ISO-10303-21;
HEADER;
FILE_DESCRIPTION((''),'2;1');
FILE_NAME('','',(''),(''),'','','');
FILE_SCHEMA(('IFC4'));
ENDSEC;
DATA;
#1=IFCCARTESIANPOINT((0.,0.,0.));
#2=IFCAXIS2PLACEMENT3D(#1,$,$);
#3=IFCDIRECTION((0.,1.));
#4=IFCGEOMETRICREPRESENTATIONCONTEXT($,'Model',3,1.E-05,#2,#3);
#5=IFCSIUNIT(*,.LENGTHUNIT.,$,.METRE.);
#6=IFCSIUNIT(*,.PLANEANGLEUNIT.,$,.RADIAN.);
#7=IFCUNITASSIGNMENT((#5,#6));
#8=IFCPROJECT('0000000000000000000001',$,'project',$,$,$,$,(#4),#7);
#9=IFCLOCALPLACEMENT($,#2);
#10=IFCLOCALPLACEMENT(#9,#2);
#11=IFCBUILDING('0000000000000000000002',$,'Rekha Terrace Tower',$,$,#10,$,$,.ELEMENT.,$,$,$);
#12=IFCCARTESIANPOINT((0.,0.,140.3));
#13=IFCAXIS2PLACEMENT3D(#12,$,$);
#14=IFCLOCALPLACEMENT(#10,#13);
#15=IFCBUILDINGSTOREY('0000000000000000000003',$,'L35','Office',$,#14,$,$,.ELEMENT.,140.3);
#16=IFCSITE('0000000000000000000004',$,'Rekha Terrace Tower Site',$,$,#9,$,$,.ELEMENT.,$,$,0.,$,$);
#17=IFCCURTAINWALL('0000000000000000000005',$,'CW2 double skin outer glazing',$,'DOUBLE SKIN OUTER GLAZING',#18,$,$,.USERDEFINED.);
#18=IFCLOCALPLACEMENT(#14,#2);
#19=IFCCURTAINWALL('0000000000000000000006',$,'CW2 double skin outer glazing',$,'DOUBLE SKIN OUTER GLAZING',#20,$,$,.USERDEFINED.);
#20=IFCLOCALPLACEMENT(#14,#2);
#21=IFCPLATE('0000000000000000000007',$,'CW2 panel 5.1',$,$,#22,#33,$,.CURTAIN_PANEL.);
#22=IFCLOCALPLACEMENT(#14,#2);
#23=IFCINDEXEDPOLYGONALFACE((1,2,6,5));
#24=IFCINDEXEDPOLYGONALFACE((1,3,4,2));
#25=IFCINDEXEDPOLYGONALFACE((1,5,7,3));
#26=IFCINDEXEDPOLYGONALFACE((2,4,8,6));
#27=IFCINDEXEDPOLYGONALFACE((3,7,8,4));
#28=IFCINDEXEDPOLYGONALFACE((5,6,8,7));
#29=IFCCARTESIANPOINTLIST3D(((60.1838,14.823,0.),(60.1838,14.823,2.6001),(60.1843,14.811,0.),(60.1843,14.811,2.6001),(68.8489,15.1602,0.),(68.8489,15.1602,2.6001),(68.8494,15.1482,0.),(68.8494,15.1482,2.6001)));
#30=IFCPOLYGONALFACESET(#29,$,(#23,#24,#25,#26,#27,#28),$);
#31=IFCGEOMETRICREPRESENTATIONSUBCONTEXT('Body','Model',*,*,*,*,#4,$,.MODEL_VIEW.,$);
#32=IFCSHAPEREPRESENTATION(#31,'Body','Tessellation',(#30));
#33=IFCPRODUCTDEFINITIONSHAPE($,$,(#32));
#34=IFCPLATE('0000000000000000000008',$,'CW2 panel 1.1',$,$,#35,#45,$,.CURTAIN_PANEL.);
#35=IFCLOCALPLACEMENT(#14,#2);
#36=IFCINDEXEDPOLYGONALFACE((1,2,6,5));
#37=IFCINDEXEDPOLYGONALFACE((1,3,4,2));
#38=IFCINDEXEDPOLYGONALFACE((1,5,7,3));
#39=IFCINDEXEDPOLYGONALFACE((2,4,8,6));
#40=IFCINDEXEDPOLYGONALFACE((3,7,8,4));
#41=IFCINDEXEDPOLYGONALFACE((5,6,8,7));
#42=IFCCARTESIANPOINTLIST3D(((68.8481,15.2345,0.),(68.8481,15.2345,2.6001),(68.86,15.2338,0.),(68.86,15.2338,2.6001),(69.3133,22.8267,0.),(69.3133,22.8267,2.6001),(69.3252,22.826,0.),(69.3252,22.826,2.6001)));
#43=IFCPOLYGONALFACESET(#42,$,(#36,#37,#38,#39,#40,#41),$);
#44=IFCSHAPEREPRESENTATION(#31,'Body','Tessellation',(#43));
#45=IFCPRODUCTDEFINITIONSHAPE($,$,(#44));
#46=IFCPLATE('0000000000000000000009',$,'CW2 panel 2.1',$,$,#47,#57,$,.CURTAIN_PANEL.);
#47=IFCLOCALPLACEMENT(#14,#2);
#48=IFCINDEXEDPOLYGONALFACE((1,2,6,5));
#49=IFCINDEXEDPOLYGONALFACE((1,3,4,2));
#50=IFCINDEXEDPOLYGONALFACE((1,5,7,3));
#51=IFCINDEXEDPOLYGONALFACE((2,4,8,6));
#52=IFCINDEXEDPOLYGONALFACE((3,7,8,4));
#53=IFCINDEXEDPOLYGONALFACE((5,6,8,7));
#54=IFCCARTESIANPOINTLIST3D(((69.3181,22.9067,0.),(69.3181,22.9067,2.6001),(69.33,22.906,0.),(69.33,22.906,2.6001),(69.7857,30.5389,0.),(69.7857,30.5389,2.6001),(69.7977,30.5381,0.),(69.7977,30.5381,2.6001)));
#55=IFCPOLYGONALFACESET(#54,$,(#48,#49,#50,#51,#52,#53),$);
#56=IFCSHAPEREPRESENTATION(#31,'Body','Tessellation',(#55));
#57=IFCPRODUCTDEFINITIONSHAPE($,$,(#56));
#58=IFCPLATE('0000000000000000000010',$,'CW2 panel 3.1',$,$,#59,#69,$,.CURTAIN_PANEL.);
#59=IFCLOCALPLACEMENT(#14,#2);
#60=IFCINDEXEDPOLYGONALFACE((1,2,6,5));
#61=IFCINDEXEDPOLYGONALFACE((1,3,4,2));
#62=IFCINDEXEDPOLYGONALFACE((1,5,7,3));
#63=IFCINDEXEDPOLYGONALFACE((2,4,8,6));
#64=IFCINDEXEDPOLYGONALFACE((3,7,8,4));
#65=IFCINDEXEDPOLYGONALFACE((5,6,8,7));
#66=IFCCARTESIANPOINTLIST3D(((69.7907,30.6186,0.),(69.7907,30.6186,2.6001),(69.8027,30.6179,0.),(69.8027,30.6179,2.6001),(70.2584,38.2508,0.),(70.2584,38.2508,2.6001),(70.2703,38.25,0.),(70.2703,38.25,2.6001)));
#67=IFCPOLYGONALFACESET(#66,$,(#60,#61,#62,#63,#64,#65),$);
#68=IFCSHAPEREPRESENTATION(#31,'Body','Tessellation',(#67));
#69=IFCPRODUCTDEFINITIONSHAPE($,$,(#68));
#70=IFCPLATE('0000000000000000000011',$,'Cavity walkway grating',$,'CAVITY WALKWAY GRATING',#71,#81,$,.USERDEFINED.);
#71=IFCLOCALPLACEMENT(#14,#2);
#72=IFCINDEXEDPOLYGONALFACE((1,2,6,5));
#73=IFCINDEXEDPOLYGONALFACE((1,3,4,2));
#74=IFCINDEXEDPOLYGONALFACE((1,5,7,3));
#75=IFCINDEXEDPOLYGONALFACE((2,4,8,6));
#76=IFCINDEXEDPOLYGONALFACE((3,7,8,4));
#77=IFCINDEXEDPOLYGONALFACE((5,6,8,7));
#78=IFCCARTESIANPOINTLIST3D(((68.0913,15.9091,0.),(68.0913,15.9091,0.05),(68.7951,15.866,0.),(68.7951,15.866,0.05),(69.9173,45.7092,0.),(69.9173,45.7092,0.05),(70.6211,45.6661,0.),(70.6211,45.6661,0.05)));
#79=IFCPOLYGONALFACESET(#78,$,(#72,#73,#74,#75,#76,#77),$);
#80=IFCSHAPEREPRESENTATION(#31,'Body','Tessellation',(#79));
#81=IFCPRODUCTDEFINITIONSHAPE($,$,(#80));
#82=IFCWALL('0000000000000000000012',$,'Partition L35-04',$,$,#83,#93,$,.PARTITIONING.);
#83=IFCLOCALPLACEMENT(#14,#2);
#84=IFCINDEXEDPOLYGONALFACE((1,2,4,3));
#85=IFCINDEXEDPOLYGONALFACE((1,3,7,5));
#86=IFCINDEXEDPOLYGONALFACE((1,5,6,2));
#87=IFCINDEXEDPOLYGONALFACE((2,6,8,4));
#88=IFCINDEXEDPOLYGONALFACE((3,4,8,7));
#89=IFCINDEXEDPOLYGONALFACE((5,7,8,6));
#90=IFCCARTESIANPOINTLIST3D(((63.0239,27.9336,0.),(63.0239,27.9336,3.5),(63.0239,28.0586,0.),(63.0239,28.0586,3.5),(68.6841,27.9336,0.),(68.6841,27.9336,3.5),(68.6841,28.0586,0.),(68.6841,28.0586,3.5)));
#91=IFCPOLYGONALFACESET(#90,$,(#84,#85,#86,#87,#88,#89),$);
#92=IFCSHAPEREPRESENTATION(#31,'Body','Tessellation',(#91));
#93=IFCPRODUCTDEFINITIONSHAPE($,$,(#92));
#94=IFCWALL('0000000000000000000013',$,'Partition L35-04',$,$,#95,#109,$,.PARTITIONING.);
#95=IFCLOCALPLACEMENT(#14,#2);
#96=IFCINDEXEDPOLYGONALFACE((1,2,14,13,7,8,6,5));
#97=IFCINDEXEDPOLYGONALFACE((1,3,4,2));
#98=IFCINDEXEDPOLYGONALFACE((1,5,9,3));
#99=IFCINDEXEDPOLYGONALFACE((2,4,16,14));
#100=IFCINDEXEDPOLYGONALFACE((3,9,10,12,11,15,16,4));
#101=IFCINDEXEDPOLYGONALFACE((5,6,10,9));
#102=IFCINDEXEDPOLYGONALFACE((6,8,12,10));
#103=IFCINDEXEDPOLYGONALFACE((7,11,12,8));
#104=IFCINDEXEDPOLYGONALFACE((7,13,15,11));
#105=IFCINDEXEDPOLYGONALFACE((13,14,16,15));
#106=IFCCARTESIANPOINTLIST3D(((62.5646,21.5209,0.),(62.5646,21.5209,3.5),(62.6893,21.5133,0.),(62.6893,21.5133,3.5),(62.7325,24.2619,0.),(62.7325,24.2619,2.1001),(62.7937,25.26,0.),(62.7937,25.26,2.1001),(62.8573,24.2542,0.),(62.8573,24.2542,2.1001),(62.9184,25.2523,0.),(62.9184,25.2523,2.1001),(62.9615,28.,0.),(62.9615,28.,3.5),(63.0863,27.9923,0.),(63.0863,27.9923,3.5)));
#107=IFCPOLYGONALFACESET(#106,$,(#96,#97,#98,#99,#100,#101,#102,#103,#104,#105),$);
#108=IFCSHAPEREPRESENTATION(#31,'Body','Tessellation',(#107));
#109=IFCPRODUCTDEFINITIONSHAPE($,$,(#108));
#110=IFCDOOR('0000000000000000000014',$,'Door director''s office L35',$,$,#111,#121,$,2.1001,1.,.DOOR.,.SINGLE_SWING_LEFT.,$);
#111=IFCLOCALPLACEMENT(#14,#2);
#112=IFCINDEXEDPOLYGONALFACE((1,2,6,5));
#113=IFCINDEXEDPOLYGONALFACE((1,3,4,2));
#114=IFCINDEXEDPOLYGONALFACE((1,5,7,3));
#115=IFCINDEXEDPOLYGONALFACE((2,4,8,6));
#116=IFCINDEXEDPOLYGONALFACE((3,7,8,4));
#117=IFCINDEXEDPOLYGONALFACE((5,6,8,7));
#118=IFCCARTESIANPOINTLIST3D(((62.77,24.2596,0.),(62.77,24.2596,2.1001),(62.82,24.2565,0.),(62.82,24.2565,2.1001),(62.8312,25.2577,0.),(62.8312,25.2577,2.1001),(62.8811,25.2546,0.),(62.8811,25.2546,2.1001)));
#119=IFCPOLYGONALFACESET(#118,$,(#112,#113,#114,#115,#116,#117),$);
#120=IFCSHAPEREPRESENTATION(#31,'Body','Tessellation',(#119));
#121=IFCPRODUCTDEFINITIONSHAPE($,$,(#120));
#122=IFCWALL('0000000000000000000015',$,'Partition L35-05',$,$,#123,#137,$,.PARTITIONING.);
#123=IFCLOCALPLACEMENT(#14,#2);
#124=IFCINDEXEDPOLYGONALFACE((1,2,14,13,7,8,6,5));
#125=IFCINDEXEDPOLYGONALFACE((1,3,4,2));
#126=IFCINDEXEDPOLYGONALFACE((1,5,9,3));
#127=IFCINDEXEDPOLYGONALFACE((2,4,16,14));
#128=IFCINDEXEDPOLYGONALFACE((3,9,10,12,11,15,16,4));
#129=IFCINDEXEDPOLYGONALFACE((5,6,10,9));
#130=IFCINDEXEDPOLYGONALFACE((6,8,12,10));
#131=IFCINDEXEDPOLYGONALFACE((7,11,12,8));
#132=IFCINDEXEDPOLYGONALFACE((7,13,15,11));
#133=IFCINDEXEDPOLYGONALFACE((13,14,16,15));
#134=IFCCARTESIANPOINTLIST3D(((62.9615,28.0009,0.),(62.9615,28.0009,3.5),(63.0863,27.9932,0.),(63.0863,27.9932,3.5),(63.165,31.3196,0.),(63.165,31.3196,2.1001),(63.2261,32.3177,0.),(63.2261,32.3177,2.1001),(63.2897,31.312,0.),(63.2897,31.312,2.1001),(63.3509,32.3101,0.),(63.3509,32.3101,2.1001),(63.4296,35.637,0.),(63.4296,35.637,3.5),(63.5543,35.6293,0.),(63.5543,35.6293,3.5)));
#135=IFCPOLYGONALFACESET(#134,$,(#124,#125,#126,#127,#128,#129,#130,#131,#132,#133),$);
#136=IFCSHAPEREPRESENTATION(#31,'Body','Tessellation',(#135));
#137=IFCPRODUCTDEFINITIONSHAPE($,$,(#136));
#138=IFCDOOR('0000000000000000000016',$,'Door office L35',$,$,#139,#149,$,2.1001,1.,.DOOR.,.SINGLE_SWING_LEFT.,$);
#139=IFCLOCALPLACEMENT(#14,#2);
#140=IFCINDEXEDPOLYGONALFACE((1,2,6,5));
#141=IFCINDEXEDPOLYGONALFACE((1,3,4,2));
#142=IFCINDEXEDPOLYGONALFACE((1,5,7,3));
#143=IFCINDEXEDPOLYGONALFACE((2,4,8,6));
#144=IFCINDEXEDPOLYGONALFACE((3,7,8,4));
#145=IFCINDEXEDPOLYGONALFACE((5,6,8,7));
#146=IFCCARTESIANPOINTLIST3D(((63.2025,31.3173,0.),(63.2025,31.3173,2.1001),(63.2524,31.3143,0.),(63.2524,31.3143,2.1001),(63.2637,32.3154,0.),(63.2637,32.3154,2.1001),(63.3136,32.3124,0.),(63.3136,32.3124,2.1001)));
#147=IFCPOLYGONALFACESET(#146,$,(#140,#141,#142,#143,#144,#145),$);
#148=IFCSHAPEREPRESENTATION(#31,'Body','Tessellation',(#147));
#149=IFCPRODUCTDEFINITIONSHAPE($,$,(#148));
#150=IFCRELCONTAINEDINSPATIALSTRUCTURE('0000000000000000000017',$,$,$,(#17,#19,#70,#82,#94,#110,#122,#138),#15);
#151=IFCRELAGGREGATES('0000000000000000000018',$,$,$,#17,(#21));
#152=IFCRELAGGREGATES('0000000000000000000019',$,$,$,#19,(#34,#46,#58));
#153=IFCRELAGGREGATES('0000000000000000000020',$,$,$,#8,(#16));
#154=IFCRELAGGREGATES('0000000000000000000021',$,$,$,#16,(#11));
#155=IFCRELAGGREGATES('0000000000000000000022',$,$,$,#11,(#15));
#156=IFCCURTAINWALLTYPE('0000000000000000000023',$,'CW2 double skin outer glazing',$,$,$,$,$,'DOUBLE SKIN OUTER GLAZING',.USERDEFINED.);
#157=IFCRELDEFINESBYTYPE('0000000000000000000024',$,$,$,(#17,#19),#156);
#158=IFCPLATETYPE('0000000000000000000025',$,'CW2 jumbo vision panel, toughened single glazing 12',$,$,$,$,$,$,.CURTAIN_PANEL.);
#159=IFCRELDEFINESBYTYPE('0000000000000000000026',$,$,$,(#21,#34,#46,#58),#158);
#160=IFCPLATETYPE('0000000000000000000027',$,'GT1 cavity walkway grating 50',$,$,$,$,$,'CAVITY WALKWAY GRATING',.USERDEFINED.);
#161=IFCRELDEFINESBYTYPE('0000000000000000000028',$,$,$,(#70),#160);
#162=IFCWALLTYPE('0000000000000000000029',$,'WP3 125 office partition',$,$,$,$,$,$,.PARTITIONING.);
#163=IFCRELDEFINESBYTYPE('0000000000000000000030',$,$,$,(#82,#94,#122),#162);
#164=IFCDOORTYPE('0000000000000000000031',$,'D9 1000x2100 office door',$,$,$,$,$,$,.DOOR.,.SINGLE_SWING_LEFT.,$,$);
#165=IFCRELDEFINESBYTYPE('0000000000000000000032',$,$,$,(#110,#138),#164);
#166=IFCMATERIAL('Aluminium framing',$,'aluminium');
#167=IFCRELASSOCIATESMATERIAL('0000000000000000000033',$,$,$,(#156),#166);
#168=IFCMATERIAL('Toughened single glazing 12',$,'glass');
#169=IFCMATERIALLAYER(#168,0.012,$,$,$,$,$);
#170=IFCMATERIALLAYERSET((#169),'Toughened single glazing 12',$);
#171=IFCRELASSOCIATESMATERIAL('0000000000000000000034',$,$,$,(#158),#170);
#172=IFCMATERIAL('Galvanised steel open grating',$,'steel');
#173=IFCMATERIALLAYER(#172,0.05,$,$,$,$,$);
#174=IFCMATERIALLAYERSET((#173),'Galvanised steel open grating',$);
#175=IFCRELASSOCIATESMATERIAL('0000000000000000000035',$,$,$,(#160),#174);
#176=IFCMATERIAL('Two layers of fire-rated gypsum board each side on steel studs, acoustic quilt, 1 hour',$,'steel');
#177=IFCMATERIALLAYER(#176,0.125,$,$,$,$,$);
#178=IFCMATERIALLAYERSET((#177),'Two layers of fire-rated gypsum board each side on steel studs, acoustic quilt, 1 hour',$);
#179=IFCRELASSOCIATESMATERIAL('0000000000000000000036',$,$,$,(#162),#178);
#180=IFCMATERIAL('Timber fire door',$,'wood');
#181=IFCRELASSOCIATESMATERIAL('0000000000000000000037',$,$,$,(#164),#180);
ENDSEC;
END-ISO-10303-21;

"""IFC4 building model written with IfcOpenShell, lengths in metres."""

from ifc_helpers import new_model, si_unit, direction, frame, frame_2d, origin, origin_2d, place, context, subcontext, project, spatial, rectangle, extrude, material, layer, layer_set, type_object, element, fill, aggregate, save


model = new_model("IFC4")

# Units and contexts
model_context = context("Model", 3, precision=1e-05, world=origin(), true_north=direction((0.0, 1.0)))
body_context = subcontext(model_context, "Body", "Model", "MODEL_VIEW")
ifc_project = project(units=[si_unit("LENGTHUNIT", "METRE"), si_unit("PLANEANGLEUNIT", "RADIAN")], contexts=[model_context])

# Site, building, storey
site_placement = place(None, origin())
site = spatial("IfcSite", under=ifc_project, at=site_placement, Name="Rekha Terrace Tower Site", CompositionType="ELEMENT", RefElevation=0.0)
building_placement = place(site_placement, origin())
building = spatial("IfcBuilding", under=site, at=building_placement, Name="Rekha Terrace Tower", CompositionType="ELEMENT")
storey_placement = place(building_placement, frame((0.0, 0.0, 140.3)))
storey = spatial("IfcBuildingStorey", under=building, at=storey_placement, Name="L35", Description="Office", CompositionType="ELEMENT", Elevation=140.3)

# Curtain wall
ifc_material_1 = material(Name="Aluminium framing", Category="aluminium")
curtain_wall_type_1 = type_object("IfcCurtainWallType", Name="CW2 double skin outer glazing", ElementType="DOUBLE SKIN OUTER GLAZING", PredefinedType="USERDEFINED", material=ifc_material_1)
curtain_wall_1_placement = place(storey_placement, origin())
curtain_wall_1 = element("IfcCurtainWall", 1, at=curtain_wall_1_placement, inside=storey, type_object=curtain_wall_type_1, Name="CW2 double skin outer glazing", ObjectType="DOUBLE SKIN OUTER GLAZING", PredefinedType="USERDEFINED")

# Curtain wall
curtain_wall_2_placement = place(storey_placement, origin())
curtain_wall_2 = element("IfcCurtainWall", 2, at=curtain_wall_2_placement, inside=storey, type_object=curtain_wall_type_1, Name="CW2 double skin outer glazing", ObjectType="DOUBLE SKIN OUTER GLAZING", PredefinedType="USERDEFINED")

# Plates
ifc_material_2 = material(Name="Toughened single glazing 12", Category="glass")
ifc_layer_1 = layer(ifc_material_2, 0.012)
ifc_layer_set_1 = layer_set([ifc_layer_1], Name="Toughened single glazing 12")
plate_type_1 = type_object("IfcPlateType", Name="CW2 jumbo vision panel, toughened single glazing 12", PredefinedType="CURTAIN_PANEL", material=ifc_layer_set_1)
plate_1_placement = place(storey_placement, frame((64.5166, 14.9856, 0.0), z_axis=(0.0, 0.0, 1.0), x_axis=(0.999243, 0.03889, 0.0)))
plate_1 = element("IfcPlate", 3, at=plate_1_placement, type_object=plate_type_1, Name="CW2 panel 5.1", PredefinedType="CURTAIN_PANEL", context=body_context, shape_type="SweptSolid", body=[
    extrude(rectangle(XDim=8.6716, YDim=0.012, at=origin_2d()), origin(), (0.0, 0.0, 1.0), 2.6001),
])
aggregate(curtain_wall_1, [plate_1])
plate_2_placement = place(storey_placement, frame((69.0867, 19.0303, 0.0), z_axis=(0.0, 0.0, 1.0), x_axis=(0.06116, 0.998128, 0.0)))
plate_2 = element("IfcPlate", 4, at=plate_2_placement, type_object=plate_type_1, Name="CW2 panel 1.1", PredefinedType="CURTAIN_PANEL", context=body_context, shape_type="SweptSolid", body=[
    extrude(rectangle(XDim=7.6064, YDim=0.012, at=origin_2d()), origin(), (0.0, 0.0, 1.0), 2.6001),
])
plate_3_placement = place(storey_placement, frame((69.5579, 26.7224, 0.0), z_axis=(0.0, 0.0, 1.0), x_axis=(0.06116, 0.998128, 0.0)))
plate_3 = element("IfcPlate", 5, at=plate_3_placement, type_object=plate_type_1, Name="CW2 panel 2.1", PredefinedType="CURTAIN_PANEL", context=body_context, shape_type="SweptSolid", body=[
    extrude(rectangle(XDim=7.6465, YDim=0.012, at=origin_2d()), origin(), (0.0, 0.0, 1.0), 2.6001),
])
plate_4_placement = place(storey_placement, frame((70.0305, 34.4343, 0.0), z_axis=(0.0, 0.0, 1.0), x_axis=(0.06116, 0.998128, 0.0)))
plate_4 = element("IfcPlate", 6, at=plate_4_placement, type_object=plate_type_1, Name="CW2 panel 3.1", PredefinedType="CURTAIN_PANEL", context=body_context, shape_type="SweptSolid", body=[
    extrude(rectangle(XDim=7.6465, YDim=0.012, at=origin_2d()), origin(), (0.0, 0.0, 1.0), 2.6001),
])
aggregate(curtain_wall_2, [plate_2, plate_3, plate_4])
ifc_material_3 = material(Name="Galvanised steel open grating", Category="steel")
ifc_layer_2 = layer(ifc_material_3, 0.05)
ifc_layer_set_2 = layer_set([ifc_layer_2], Name="Galvanised steel open grating")
plate_type_2 = type_object("IfcPlateType", Name="GT1 cavity walkway grating 50", ElementType="CAVITY WALKWAY GRATING", PredefinedType="USERDEFINED", material=ifc_layer_set_2)
plate_5_placement = place(storey_placement, frame((69.3562, 30.7876, 0.0), z_axis=(0.0, 0.0, 1.0), x_axis=(0.06116, 0.998128, 0.0)))
element("IfcPlate", 7, at=plate_5_placement, inside=storey, type_object=plate_type_2, Name="Cavity walkway grating", ObjectType="CAVITY WALKWAY GRATING", PredefinedType="USERDEFINED", context=body_context, shape_type="SweptSolid", body=[
    extrude(rectangle(XDim=29.856, YDim=0.7051, at=origin_2d()), origin(), (0.0, 0.0, 1.0), 0.05),
])

# Wall
ifc_material_4 = material(Name="Two layers of fire-rated gypsum board each side on steel studs, acoustic quilt, 1 hour", Category="steel")
ifc_layer_3 = layer(ifc_material_4, 0.125)
ifc_layer_set_3 = layer_set([ifc_layer_3], Name="Two layers of fire-rated gypsum board each side on steel studs, acoustic quilt, 1 hour")
wall_type = type_object("IfcWallType", Name="WP3 125 office partition", PredefinedType="PARTITIONING", material=ifc_layer_set_3)
wall_1_placement = place(storey_placement, frame((63.0239, 27.9961, 0.0), z_axis=(0.0, 0.0, 1.0), x_axis=(1.0, 0.0, 0.0)))
element("IfcWall", 8, at=wall_1_placement, inside=storey, type_object=wall_type, Name="Partition L35-04", PredefinedType="PARTITIONING", context=body_context, shape_type="SweptSolid", body=[
    extrude(rectangle(XDim=5.6602, YDim=0.125, at=frame_2d((2.8301, 0.0))), origin(), (0.0, 0.0, 1.0), 3.5),
])

# Walls, openings, doors
wall_2_placement = place(storey_placement, frame((62.627, 21.5171, 0.0), z_axis=(0.0, 0.0, 1.0), x_axis=(0.061156, 0.998128, 0.0)))
wall_2 = element("IfcWall", 9, at=wall_2_placement, inside=storey, type_object=wall_type, Name="Partition L35-04", PredefinedType="PARTITIONING", context=body_context, shape_type="SweptSolid", body=[
    extrude(rectangle(XDim=6.4912, YDim=0.125, at=frame_2d((3.2456, 0.0))), origin(), (0.0, 0.0, 1.0), 3.5),
])
opening_1_placement = place(wall_2_placement, frame((2.7461, 0.0, 0.0)))
opening_1 = element("IfcOpeningElement", 10, at=opening_1_placement, cuts=wall_2, PredefinedType="OPENING", context=body_context, shape_type="SweptSolid", body=[
    extrude(rectangle(XDim=1.0, YDim=2.1001, at=frame_2d((0.5, 1.05))), frame((0.0, 0.0725, 0.0), z_axis=(0.0, -1.0, 0.0), x_axis=(1.0, 0.0, 0.0)), (0.0, 0.0, 1.0), 0.145),
])
ifc_material_5 = material(Name="Timber fire door", Category="wood")
door_type = type_object("IfcDoorType", Name="D9 1000x2100 office door", OperationType="SINGLE_SWING_LEFT", PredefinedType="DOOR", material=ifc_material_5)
door_1_placement = place(opening_1_placement, origin())
door_1 = element("IfcDoor", 11, at=door_1_placement, inside=storey, type_object=door_type, Name="Door director's office L35", OperationType="SINGLE_SWING_LEFT", OverallHeight=2.1001, OverallWidth=1.0, PredefinedType="DOOR", context=body_context, shape_type="SweptSolid", body=[
    extrude(rectangle(XDim=1.0, YDim=2.1001, at=frame_2d((0.5, 1.05))), frame((0.0, 0.0249, 0.0), z_axis=(0.0, -1.0, 0.0), x_axis=(1.0, 0.0, 0.0)), (0.0, 0.0, 1.0), 0.05),
])
fill(opening_1, door_1)
wall_3_placement = place(storey_placement, frame((63.0239, 27.9971, 0.0), z_axis=(0.0, 0.0, 1.0), x_axis=(0.061176, 0.998127, 0.0)))
wall_3 = element("IfcWall", 12, at=wall_3_placement, inside=storey, type_object=wall_type, Name="Partition L35-05", PredefinedType="PARTITIONING", context=body_context, shape_type="SweptSolid", body=[
    extrude(rectangle(XDim=7.6504, YDim=0.125, at=frame_2d((3.8252, 0.0))), origin(), (0.0, 0.0, 1.0), 3.5),
])
opening_2_placement = place(wall_3_placement, frame((3.325, 0.0, 0.0)))
opening_2 = element("IfcOpeningElement", 13, at=opening_2_placement, cuts=wall_3, PredefinedType="OPENING", context=body_context, shape_type="SweptSolid", body=[
    extrude(rectangle(XDim=1.0, YDim=2.1001, at=frame_2d((0.5, 1.05))), frame((0.0, 0.0725, 0.0), z_axis=(0.0, -1.0, 0.0), x_axis=(1.0, 0.0, 0.0)), (0.0, 0.0, 1.0), 0.145),
])
door_2_placement = place(opening_2_placement, origin())
door_2 = element("IfcDoor", 14, at=door_2_placement, inside=storey, type_object=door_type, Name="Door office L35", OperationType="SINGLE_SWING_LEFT", OverallHeight=2.1001, OverallWidth=1.0, PredefinedType="DOOR", context=body_context, shape_type="SweptSolid", body=[
    extrude(rectangle(XDim=1.0, YDim=2.1001, at=frame_2d((0.5, 1.05))), frame((0.0, 0.0249, 0.0), z_axis=(0.0, -1.0, 0.0), x_axis=(1.0, 0.0, 0.0)), (0.0, 0.0, 1.0), 0.05),
])
fill(opening_2, door_2)

save(model, "model.ifc")
